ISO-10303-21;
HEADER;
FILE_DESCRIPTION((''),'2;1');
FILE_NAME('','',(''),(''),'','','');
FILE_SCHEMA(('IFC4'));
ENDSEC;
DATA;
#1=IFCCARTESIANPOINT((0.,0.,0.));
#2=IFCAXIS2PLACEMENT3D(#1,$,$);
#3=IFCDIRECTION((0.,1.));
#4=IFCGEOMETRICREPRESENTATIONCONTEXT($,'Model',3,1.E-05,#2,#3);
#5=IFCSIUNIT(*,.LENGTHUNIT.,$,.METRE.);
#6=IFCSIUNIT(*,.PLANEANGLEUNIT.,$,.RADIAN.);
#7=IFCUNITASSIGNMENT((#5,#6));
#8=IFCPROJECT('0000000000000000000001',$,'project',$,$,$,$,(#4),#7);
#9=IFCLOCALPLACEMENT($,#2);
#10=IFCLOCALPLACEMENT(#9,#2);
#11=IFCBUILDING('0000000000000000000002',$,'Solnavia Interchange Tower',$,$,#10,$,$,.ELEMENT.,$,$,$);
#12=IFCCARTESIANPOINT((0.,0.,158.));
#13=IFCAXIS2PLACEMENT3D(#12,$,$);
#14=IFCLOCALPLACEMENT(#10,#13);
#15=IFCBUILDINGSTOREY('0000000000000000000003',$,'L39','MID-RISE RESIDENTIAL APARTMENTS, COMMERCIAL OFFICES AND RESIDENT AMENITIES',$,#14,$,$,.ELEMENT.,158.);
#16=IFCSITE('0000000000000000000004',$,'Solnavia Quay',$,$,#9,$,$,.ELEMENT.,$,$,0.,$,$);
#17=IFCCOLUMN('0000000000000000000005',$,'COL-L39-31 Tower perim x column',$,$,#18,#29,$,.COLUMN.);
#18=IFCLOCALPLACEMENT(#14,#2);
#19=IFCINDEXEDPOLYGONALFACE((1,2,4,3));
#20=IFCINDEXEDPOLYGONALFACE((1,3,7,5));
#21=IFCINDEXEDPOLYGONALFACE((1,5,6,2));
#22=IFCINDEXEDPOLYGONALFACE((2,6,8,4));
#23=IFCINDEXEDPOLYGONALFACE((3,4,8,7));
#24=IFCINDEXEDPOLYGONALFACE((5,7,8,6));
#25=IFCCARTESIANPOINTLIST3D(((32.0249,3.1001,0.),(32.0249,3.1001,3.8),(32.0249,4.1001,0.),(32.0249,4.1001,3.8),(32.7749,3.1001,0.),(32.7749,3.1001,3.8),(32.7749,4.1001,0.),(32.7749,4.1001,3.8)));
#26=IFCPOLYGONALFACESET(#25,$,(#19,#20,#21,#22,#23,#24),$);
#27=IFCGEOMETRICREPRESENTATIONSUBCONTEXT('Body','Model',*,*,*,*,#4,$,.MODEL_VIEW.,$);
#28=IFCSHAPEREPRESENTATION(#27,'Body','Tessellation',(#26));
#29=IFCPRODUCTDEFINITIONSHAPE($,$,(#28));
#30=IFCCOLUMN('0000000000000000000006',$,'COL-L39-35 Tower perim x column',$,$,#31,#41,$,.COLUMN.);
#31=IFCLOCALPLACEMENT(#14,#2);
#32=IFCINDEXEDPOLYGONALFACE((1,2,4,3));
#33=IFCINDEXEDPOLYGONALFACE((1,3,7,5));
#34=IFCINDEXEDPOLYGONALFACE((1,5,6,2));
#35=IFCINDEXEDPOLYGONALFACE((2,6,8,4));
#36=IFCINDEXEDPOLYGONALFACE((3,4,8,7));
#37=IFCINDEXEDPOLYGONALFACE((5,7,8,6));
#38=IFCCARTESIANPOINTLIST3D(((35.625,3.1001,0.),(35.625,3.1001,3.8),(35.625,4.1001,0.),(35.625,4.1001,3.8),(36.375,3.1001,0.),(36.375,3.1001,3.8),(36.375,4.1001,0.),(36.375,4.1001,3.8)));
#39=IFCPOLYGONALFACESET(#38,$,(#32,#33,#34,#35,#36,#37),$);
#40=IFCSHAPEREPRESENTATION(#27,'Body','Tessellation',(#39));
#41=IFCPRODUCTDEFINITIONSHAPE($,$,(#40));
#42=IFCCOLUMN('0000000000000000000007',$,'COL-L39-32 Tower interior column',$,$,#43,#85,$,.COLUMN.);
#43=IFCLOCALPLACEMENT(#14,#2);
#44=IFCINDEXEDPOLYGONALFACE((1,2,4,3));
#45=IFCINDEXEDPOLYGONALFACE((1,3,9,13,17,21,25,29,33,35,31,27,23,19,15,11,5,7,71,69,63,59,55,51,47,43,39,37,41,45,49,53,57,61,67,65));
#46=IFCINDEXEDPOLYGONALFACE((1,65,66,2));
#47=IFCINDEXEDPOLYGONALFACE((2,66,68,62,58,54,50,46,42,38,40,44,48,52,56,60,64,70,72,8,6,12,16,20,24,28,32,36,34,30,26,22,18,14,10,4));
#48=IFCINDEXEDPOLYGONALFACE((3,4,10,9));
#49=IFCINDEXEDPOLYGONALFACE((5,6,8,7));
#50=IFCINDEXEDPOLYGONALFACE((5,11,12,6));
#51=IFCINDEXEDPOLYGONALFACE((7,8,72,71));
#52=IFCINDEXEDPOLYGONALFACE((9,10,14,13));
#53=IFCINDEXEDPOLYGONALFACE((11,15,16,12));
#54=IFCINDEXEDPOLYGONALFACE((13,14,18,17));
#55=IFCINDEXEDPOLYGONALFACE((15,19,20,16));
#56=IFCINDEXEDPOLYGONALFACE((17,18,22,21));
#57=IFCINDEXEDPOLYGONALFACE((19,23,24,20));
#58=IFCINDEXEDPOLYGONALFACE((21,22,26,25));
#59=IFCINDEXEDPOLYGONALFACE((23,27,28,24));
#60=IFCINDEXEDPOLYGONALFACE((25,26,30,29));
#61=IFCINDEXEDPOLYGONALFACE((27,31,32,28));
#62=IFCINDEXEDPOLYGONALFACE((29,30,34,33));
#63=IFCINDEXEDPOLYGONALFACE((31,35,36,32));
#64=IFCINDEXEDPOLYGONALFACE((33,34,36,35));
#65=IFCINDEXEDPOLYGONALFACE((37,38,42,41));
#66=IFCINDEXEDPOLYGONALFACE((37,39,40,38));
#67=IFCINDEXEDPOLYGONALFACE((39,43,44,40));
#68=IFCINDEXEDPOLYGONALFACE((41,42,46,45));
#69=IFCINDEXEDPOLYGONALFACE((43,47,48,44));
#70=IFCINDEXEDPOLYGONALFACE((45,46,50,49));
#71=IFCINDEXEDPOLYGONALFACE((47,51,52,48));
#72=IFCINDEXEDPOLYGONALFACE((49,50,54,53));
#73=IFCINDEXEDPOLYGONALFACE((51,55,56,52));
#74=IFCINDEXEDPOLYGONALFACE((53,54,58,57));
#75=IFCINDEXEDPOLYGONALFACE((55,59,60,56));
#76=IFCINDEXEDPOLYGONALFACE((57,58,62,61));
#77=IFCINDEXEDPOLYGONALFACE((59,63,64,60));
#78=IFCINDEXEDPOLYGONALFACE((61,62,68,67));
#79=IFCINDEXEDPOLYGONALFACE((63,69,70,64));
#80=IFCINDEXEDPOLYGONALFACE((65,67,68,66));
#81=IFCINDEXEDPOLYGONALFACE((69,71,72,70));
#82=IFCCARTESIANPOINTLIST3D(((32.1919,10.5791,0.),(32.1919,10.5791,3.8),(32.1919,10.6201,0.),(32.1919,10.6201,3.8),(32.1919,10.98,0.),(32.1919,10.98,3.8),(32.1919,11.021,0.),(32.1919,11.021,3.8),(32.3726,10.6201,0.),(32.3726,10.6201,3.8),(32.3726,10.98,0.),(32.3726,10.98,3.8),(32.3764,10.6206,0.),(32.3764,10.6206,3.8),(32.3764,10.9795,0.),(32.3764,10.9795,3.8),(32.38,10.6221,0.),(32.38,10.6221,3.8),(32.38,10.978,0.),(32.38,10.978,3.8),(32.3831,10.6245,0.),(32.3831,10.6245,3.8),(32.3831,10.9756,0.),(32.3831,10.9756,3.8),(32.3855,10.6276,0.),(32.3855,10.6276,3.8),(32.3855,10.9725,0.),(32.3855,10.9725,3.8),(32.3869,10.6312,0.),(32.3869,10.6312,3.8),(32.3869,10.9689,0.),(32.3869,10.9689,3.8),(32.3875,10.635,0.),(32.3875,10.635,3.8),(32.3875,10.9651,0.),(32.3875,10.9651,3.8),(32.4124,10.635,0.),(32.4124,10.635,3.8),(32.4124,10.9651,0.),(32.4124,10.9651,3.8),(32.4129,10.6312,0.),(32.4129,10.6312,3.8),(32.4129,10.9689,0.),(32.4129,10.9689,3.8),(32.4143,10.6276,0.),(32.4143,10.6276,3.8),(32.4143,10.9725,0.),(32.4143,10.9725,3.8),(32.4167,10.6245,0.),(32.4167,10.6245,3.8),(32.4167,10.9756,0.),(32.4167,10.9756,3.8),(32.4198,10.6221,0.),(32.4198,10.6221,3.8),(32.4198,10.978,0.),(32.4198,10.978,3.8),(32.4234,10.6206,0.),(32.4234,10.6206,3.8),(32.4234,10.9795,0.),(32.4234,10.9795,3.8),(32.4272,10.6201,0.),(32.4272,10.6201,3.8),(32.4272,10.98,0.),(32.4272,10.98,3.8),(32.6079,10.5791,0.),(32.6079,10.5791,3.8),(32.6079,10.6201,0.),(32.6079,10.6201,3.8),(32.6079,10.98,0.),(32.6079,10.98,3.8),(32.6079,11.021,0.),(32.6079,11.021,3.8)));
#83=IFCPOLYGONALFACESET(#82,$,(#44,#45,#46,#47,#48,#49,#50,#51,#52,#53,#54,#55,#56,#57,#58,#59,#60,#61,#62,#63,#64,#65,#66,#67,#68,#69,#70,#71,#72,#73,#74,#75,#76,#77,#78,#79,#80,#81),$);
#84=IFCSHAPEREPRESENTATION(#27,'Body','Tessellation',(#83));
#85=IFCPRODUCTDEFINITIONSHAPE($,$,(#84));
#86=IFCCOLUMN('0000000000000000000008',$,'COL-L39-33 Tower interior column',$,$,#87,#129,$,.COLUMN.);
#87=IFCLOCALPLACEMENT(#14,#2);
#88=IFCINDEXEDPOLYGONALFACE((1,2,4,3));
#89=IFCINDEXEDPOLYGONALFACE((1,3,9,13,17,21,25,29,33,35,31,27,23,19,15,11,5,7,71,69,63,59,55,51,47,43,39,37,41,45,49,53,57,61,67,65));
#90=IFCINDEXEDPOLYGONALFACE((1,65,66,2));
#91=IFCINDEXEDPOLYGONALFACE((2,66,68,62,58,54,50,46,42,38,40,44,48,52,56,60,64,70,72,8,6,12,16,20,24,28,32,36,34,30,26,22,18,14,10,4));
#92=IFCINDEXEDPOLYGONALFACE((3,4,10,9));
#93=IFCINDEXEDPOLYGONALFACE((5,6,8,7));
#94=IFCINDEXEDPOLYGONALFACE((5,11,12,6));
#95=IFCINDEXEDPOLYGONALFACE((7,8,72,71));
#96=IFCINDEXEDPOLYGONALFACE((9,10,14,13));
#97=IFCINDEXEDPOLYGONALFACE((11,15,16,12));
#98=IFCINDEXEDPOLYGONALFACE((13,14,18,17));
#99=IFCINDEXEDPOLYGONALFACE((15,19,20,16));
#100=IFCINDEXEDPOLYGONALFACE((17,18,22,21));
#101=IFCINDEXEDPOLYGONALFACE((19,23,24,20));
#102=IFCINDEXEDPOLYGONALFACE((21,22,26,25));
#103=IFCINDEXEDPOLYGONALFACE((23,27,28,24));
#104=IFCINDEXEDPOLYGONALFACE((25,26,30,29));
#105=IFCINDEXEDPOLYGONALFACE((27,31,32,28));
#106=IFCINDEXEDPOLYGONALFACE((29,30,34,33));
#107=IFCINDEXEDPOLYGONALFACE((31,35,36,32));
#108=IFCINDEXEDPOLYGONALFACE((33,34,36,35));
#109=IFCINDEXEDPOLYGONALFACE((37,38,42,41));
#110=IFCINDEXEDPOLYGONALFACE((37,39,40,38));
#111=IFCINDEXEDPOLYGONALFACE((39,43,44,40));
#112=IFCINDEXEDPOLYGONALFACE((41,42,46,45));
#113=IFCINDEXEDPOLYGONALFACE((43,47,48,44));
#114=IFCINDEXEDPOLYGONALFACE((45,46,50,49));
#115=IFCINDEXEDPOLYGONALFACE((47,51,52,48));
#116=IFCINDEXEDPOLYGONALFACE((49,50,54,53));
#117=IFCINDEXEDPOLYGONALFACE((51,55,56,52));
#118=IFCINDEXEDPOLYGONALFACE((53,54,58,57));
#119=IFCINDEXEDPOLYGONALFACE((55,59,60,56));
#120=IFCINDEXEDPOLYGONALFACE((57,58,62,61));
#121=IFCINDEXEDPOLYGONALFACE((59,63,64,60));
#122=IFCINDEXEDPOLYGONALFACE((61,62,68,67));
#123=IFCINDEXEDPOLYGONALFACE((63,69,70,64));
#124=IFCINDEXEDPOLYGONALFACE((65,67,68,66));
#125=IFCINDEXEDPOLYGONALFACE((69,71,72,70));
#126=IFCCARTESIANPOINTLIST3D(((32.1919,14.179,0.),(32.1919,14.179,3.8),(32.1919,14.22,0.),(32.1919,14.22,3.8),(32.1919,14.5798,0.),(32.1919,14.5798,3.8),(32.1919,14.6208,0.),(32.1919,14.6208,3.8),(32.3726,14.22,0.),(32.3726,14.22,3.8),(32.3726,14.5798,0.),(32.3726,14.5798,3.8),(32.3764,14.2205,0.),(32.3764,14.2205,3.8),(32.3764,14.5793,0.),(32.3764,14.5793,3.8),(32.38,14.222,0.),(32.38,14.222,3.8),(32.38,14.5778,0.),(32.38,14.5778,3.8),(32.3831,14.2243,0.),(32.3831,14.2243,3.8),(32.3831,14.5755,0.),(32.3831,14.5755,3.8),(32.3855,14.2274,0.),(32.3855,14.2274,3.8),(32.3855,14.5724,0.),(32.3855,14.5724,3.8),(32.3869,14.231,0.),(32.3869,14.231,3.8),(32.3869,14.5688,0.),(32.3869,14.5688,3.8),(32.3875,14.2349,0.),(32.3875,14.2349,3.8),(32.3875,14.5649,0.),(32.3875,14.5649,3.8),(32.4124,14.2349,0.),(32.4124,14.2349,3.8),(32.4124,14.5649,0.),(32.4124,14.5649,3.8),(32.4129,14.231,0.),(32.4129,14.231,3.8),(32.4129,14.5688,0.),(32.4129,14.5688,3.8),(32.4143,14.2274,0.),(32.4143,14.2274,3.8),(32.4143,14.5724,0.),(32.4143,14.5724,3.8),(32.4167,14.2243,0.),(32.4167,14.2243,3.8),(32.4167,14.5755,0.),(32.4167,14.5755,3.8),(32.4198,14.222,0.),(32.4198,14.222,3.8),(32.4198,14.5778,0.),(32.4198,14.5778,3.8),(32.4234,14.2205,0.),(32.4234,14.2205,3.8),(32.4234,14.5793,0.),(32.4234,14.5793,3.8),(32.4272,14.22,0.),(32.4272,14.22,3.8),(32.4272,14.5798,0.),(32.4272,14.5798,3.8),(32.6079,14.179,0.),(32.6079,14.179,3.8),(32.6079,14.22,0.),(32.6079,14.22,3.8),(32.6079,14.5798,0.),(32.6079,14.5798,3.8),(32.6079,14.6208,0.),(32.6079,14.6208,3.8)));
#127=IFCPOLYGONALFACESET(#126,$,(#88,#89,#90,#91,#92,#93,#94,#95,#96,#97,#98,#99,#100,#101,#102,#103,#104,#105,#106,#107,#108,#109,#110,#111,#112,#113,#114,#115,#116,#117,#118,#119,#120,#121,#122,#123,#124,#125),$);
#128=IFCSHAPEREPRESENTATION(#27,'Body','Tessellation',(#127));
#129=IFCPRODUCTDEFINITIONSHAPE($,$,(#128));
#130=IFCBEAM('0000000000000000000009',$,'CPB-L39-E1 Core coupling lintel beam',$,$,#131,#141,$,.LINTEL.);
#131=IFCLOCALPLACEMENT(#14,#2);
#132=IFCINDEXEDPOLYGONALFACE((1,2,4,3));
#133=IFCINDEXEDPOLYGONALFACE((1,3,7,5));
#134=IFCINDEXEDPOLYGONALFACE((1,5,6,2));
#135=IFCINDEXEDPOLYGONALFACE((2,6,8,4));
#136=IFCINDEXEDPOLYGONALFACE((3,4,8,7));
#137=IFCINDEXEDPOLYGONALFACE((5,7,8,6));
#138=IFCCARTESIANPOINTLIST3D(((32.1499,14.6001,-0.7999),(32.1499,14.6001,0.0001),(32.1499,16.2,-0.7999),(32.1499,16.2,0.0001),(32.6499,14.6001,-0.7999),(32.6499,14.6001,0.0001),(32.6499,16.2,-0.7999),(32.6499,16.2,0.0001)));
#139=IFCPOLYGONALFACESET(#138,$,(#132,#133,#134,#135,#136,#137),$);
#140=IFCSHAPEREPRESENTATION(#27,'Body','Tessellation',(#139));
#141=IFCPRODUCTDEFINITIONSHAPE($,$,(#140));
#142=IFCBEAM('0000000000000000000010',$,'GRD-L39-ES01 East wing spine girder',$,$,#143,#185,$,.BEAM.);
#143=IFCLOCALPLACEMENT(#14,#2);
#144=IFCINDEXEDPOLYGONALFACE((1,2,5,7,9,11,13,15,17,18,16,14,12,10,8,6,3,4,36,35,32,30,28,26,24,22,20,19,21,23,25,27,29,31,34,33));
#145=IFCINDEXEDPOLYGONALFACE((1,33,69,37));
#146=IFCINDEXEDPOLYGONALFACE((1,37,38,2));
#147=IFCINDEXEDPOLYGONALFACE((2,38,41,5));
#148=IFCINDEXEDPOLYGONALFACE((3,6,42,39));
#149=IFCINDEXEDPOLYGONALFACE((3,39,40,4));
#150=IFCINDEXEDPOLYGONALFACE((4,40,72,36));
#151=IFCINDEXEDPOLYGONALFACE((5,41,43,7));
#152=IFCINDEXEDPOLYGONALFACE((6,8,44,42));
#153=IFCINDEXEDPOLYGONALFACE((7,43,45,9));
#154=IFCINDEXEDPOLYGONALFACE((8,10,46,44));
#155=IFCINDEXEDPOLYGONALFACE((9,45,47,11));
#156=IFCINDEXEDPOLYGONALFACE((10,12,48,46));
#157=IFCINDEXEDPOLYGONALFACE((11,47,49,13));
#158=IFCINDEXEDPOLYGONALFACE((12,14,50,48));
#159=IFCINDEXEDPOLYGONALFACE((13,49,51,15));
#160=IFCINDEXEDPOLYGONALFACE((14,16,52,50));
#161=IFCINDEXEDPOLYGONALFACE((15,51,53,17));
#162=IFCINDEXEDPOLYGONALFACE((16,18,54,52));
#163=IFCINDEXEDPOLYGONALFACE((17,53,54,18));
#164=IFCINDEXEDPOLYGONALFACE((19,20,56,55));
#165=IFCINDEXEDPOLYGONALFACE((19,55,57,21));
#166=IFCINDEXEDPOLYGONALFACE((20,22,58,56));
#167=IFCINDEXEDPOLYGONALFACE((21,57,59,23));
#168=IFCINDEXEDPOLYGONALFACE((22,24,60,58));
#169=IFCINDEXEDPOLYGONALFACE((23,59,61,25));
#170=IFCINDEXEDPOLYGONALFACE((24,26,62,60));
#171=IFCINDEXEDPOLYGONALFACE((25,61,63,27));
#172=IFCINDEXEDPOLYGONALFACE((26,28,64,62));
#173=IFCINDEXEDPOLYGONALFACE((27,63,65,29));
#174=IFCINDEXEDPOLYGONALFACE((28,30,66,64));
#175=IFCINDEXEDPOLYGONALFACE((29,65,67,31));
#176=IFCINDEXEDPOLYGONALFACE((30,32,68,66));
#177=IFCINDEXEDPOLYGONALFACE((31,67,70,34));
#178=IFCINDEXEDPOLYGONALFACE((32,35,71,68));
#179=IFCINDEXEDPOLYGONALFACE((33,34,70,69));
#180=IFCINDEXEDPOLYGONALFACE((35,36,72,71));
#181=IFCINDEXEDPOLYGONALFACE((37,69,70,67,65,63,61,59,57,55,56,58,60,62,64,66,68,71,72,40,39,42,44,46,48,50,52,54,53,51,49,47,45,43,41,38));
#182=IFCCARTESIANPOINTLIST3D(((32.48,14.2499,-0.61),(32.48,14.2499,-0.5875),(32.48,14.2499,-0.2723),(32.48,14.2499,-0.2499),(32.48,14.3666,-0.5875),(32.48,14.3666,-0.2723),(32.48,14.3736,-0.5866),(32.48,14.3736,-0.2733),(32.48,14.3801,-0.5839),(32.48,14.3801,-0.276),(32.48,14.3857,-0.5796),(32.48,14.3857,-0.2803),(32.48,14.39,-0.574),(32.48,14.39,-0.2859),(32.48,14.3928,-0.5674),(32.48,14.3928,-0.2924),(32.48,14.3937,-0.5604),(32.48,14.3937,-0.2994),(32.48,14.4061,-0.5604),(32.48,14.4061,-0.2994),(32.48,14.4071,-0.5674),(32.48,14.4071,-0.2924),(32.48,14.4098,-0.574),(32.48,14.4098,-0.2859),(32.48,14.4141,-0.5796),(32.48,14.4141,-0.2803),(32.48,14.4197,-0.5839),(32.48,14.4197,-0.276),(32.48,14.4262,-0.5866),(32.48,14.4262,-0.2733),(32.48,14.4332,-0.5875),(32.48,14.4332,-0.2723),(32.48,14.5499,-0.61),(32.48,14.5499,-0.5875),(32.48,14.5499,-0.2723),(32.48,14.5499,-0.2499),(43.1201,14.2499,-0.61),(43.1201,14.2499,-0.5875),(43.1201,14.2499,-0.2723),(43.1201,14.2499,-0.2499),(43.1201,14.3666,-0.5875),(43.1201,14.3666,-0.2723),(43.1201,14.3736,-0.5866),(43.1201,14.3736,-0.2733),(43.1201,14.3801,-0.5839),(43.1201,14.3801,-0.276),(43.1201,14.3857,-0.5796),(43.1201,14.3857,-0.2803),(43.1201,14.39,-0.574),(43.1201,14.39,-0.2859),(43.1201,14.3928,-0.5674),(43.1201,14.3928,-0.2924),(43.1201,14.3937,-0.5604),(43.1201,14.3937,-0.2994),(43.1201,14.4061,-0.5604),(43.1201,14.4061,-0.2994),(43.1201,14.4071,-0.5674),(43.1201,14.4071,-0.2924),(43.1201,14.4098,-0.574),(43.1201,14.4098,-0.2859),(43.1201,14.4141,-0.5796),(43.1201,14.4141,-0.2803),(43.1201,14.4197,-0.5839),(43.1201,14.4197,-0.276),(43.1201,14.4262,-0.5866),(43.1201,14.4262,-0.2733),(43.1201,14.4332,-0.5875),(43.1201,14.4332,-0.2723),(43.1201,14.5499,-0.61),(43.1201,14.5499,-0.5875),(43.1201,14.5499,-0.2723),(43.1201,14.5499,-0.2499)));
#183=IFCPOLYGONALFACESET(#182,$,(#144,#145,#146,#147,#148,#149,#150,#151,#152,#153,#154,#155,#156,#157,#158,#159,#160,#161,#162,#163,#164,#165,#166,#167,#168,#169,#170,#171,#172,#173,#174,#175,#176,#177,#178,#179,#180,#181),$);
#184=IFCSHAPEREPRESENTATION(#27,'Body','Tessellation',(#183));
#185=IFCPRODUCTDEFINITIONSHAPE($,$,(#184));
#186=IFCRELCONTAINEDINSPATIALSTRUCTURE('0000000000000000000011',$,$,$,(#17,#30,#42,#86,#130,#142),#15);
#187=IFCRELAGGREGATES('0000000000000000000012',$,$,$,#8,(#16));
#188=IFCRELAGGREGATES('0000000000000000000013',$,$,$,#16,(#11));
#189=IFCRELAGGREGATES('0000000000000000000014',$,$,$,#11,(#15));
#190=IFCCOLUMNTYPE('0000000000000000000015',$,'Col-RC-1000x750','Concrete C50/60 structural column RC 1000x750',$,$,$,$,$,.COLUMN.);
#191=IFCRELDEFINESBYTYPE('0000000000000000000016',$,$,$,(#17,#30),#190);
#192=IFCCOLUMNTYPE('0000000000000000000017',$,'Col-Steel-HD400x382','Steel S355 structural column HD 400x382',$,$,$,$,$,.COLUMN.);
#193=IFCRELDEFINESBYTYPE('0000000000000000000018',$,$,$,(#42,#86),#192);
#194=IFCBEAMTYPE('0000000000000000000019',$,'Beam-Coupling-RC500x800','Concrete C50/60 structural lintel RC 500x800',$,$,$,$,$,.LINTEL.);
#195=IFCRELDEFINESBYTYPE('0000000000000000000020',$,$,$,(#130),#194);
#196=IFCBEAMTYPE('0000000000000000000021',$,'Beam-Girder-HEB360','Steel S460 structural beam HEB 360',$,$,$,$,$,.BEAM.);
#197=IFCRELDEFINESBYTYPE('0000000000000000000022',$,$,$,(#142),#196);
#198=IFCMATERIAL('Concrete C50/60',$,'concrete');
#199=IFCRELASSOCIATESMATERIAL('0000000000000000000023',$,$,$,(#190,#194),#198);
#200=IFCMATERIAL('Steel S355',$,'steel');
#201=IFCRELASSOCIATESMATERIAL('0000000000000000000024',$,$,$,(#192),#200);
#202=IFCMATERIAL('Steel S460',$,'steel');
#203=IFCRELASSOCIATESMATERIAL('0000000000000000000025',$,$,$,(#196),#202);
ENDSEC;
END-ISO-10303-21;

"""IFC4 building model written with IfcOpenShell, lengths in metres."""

from ifc_helpers import new_model, si_unit, direction, frame, origin, origin_2d, place, context, subcontext, project, spatial, rectangle, i_section, extrude, material, material_profile, profile_set, type_object, element, save


model = new_model("IFC4")

# Units and contexts
model_context = context("Model", 3, precision=1e-05, world=origin(), true_north=direction((0.0, 1.0)))
body_context = subcontext(model_context, "Body", "Model", "MODEL_VIEW")
ifc_project = project(units=[si_unit("LENGTHUNIT", "METRE"), si_unit("PLANEANGLEUNIT", "RADIAN")], contexts=[model_context])

# Site, building, storey
site_placement = place(None, origin())
site = spatial("IfcSite", under=ifc_project, at=site_placement, Name="Solnavia Quay", CompositionType="ELEMENT", RefElevation=0.0)
building_placement = place(site_placement, origin())
building = spatial("IfcBuilding", under=site, at=building_placement, Name="Solnavia Interchange Tower", CompositionType="ELEMENT")
storey_placement = place(building_placement, frame((0.0, 0.0, 158.0)))
storey = spatial("IfcBuildingStorey", under=building, at=storey_placement, Name="L39", Description="MID-RISE RESIDENTIAL APARTMENTS, COMMERCIAL OFFICES AND RESIDENT AMENITIES", CompositionType="ELEMENT", Elevation=158.0)

# Columns
ifc_material_1 = material(Name="Concrete C50/60", Category="concrete")
ifc_material_profile_1 = material_profile(ifc_material_1, rectangle(XDim=0.75, YDim=1.0, at=origin_2d()), Name="RC 1000x750")
ifc_profile_set_1 = profile_set([ifc_material_profile_1], Name="Concrete C50/60")
column_type_1 = type_object("IfcColumnType", Name="Col-RC-1000x750", Description="Concrete C50/60 structural column RC 1000x750", PredefinedType="COLUMN", material=ifc_profile_set_1)
for number, where, z_axis, x_axis, name in (
    (1, (32.3999, 3.6001, 0.0), (0.0, 0.0, 1.0), (1.0, 0.0, 0.0), "COL-L39-31 Tower perim x column"),
    (2, (36.0, 3.6001, 0.0), (0.0, 0.0, 1.0), (1.0, 0.0, 0.0), "COL-L39-35 Tower perim x column"),
):
    element("IfcColumn", number, at=place(storey_placement, frame(where, z_axis=z_axis, x_axis=x_axis)), inside=storey, type_object=column_type_1, Name=name, PredefinedType="COLUMN", context=body_context, shape_type="SweptSolid", body=[
        extrude(rectangle(XDim=0.75, YDim=1.0, at=origin_2d()), origin(), (0.0, 0.0, 1.0), 3.8),
    ])
ifc_material_2 = material(Name="Steel S355", Category="steel")
ifc_material_profile_2 = material_profile(ifc_material_2, i_section(OverallWidth=0.416, OverallDepth=0.4419, WebThickness=0.0249, FlangeThickness=0.041, FilletRadius=0.0149, at=origin_2d()), Name="HD 400x382")
ifc_profile_set_2 = profile_set([ifc_material_profile_2], Name="Steel S355")
column_type_2 = type_object("IfcColumnType", Name="Col-Steel-HD400x382", Description="Steel S355 structural column HD 400x382", PredefinedType="COLUMN", material=ifc_profile_set_2)
for number, where, z_axis, x_axis, name in (
    (3, (32.3999, 10.8, 0.0), (0.0, 0.0, 1.0), (1.0, 0.0, 0.0), "COL-L39-32 Tower interior column"),
    (4, (32.3999, 14.3999, 0.0), (0.0, 0.0, 1.0), (1.0, 0.0, 0.0), "COL-L39-33 Tower interior column"),
):
    element("IfcColumn", number, at=place(storey_placement, frame(where, z_axis=z_axis, x_axis=x_axis)), inside=storey, type_object=column_type_2, Name=name, PredefinedType="COLUMN", context=body_context, shape_type="SweptSolid", body=[
        extrude(i_section(OverallWidth=0.416, OverallDepth=0.4419, WebThickness=0.0249, FlangeThickness=0.041, FilletRadius=0.0149, at=origin_2d()), origin(), (0.0, 0.0, 1.0), 3.8),
    ])

# Beams
ifc_material_profile_3 = material_profile(ifc_material_1, rectangle(XDim=0.5, YDim=0.8, at=origin_2d()), Name="RC 500x800")
ifc_profile_set_3 = profile_set([ifc_material_profile_3], Name="Concrete C50/60")
beam_type_1 = type_object("IfcBeamType", Name="Beam-Coupling-RC500x800", Description="Concrete C50/60 structural lintel RC 500x800", PredefinedType="LINTEL", material=ifc_profile_set_3)
beam_1_placement = place(storey_placement, frame((32.3999, 14.6001, -0.3999), z_axis=(0.0, 1.0, 0.0), x_axis=(-1.0, 0.0, 0.0)))
element("IfcBeam", 5, at=beam_1_placement, inside=storey, type_object=beam_type_1, Name="CPB-L39-E1 Core coupling lintel beam", PredefinedType="LINTEL", context=body_context, shape_type="SweptSolid", body=[
    extrude(rectangle(XDim=0.5, YDim=0.8, at=origin_2d()), origin(), (0.0, 0.0, 1.0), 1.5999),
])
ifc_material_3 = material(Name="Steel S460", Category="steel")
ifc_material_profile_4 = material_profile(ifc_material_3, i_section(OverallWidth=0.3, OverallDepth=0.3601, WebThickness=0.0125, FlangeThickness=0.0225, FilletRadius=0.0271, at=origin_2d()), Name="HEB 360")
ifc_profile_set_4 = profile_set([ifc_material_profile_4], Name="Steel S460")
beam_type_2 = type_object("IfcBeamType", Name="Beam-Girder-HEB360", Description="Steel S460 structural beam HEB 360", PredefinedType="BEAM", material=ifc_profile_set_4)
beam_2_placement = place(storey_placement, frame((32.48, 14.3999, -0.4299), z_axis=(1.0, 0.0, 0.0), x_axis=(0.0, 1.0, 0.0)))
element("IfcBeam", 6, at=beam_2_placement, inside=storey, type_object=beam_type_2, Name="GRD-L39-ES01 East wing spine girder", PredefinedType="BEAM", context=body_context, shape_type="SweptSolid", body=[
    extrude(i_section(OverallWidth=0.3, OverallDepth=0.3601, WebThickness=0.0125, FlangeThickness=0.0225, FilletRadius=0.0271, at=origin_2d()), origin(), (0.0, 0.0, 1.0), 10.6401),
])

save(model, "model.ifc")
